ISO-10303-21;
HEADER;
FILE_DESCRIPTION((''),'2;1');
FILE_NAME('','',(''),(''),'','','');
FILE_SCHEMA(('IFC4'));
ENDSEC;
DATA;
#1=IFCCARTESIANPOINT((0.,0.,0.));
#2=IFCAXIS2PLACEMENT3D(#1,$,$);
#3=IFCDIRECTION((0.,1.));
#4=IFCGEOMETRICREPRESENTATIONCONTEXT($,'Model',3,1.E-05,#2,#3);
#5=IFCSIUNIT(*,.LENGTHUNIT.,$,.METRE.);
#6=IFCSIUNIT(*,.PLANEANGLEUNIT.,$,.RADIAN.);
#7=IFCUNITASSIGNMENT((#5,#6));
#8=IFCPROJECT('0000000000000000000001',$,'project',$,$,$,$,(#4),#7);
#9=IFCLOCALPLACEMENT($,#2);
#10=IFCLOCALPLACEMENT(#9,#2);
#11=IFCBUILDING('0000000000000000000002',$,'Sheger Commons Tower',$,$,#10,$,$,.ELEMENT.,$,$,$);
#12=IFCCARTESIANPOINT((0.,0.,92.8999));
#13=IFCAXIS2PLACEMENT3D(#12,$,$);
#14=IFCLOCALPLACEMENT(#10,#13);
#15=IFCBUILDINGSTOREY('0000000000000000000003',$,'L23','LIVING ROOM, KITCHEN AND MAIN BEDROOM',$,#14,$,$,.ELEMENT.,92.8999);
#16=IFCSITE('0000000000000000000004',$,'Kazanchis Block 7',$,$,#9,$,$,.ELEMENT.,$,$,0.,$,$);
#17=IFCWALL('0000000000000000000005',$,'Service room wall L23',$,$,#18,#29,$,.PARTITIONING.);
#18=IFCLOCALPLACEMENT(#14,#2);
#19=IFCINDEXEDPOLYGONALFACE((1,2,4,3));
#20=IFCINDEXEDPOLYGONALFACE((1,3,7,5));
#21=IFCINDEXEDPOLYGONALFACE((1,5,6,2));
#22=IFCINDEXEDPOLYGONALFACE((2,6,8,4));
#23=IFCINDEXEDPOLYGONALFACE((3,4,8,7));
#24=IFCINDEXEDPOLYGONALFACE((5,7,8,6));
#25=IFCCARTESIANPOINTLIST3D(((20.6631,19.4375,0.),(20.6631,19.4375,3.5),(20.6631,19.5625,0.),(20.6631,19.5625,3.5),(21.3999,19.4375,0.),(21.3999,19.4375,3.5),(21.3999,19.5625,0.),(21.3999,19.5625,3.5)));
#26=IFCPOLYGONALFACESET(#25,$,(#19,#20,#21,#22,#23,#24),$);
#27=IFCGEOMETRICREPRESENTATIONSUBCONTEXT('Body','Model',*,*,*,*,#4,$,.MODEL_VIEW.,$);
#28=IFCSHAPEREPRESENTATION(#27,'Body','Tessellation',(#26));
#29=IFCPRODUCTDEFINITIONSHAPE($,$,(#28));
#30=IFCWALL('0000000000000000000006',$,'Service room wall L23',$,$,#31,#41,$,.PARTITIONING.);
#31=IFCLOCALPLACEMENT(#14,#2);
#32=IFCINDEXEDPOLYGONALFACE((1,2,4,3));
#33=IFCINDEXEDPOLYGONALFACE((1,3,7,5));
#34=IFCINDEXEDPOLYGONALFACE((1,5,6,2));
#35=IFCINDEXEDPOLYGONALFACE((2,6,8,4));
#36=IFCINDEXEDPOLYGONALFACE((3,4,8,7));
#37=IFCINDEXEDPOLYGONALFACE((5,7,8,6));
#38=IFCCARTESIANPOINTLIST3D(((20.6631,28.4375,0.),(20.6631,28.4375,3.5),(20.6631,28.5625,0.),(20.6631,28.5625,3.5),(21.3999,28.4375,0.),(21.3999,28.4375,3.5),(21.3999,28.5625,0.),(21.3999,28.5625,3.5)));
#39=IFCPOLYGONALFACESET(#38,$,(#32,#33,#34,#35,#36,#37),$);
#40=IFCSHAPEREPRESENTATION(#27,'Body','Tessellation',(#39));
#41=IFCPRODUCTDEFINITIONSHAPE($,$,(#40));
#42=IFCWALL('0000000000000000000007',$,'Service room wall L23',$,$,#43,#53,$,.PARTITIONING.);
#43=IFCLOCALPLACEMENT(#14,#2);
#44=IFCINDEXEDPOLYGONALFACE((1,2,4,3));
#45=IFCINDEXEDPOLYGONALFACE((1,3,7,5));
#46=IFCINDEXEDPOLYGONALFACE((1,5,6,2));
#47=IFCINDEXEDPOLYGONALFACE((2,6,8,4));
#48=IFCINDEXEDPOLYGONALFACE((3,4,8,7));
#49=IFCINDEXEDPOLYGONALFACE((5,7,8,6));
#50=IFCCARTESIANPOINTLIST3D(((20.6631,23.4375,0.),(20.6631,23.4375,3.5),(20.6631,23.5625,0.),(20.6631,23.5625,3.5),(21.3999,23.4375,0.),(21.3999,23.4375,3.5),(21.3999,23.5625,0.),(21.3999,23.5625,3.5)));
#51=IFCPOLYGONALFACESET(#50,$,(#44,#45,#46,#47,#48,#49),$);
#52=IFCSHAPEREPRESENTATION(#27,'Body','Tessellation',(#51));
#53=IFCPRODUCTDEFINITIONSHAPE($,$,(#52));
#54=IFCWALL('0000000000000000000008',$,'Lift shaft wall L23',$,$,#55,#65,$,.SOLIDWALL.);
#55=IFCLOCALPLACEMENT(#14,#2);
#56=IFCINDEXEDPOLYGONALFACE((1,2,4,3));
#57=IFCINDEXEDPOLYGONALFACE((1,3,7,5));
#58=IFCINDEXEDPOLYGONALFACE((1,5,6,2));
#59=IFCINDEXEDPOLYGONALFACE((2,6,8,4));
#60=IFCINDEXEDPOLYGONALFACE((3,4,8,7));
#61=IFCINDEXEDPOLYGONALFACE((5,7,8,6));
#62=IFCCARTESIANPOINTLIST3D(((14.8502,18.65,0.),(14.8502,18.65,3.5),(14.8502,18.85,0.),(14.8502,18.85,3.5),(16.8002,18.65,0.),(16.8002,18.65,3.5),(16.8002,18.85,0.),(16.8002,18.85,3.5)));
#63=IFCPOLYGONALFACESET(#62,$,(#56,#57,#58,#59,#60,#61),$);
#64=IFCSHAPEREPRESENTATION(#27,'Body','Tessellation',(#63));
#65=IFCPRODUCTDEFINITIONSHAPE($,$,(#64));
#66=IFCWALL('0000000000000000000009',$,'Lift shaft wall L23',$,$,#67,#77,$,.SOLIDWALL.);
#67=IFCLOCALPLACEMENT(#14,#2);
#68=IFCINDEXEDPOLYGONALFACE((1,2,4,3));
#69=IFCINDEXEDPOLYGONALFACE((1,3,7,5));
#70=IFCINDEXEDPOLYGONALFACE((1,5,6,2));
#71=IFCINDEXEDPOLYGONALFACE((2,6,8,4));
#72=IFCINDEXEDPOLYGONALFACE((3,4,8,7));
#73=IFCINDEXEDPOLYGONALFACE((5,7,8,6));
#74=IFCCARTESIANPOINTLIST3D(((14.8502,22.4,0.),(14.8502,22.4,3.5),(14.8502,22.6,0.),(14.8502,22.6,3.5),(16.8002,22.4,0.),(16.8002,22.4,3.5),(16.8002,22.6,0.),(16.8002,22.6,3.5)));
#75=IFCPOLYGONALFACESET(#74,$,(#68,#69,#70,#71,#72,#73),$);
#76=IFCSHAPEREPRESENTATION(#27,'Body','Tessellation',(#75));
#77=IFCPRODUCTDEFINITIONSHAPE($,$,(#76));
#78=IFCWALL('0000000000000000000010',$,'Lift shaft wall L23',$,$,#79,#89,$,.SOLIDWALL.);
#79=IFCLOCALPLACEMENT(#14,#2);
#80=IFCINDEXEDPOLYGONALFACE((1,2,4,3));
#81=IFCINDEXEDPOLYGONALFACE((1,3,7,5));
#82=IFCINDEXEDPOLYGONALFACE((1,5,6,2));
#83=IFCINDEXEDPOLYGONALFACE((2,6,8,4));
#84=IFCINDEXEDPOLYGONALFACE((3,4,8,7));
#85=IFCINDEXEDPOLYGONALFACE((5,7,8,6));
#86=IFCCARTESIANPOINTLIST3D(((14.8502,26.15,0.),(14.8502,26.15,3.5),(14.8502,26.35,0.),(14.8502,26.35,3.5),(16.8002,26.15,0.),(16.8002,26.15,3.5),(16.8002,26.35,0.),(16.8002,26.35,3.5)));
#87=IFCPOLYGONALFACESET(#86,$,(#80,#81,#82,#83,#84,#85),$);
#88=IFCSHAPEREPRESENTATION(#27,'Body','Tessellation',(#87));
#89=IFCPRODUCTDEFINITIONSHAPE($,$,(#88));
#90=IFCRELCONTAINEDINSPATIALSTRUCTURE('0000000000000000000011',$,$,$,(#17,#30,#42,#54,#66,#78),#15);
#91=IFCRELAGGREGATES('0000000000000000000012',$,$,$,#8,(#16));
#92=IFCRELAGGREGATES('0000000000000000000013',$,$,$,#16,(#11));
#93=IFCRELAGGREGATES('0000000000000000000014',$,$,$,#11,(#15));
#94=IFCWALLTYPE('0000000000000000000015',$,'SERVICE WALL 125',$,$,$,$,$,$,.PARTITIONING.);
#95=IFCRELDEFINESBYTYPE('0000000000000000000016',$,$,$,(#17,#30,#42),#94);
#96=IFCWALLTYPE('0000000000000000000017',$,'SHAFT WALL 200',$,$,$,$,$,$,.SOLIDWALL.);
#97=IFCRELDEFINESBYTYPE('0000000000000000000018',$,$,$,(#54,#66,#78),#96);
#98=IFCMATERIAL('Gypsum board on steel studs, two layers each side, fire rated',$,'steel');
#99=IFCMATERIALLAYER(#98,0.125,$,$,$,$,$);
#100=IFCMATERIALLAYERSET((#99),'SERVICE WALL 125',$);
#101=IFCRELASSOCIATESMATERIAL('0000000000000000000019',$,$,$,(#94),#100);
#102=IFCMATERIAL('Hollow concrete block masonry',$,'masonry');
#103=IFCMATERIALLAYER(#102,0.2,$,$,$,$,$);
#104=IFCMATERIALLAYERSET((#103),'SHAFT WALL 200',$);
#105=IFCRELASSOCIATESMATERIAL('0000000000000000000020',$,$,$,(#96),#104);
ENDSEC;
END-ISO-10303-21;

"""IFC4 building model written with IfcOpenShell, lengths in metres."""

from ifc_helpers import new_model, si_unit, direction, frame, frame_2d, origin, place, context, subcontext, project, spatial, rectangle, extrude, material, layer, layer_set, type_object, element, save


model = new_model("IFC4")

# Units and contexts
model_context = context("Model", 3, precision=1e-05, world=origin(), true_north=direction((0.0, 1.0)))
body_context = subcontext(model_context, "Body", "Model", "MODEL_VIEW")
ifc_project = project(units=[si_unit("LENGTHUNIT", "METRE"), si_unit("PLANEANGLEUNIT", "RADIAN")], contexts=[model_context])

# Site, building, storey
site_placement = place(None, origin())
site = spatial("IfcSite", under=ifc_project, at=site_placement, Name="Kazanchis Block 7", CompositionType="ELEMENT", RefElevation=0.0)
building_placement = place(site_placement, origin())
building = spatial("IfcBuilding", under=site, at=building_placement, Name="Sheger Commons Tower", CompositionType="ELEMENT")
storey_placement = place(building_placement, frame((0.0, 0.0, 92.8999)))
storey = spatial("IfcBuildingStorey", under=building, at=storey_placement, Name="L23", Description="LIVING ROOM, KITCHEN AND MAIN BEDROOM", CompositionType="ELEMENT", Elevation=92.8999)

# Shared definitions
ifc_material_1 = material(Name="Gypsum board on steel studs, two layers each side, fire rated", Category="steel")
ifc_layer_1 = layer(ifc_material_1, 0.125)
ifc_layer_set_1 = layer_set([ifc_layer_1], Name="SERVICE WALL 125")
wall_type_1 = type_object("IfcWallType", Name="SERVICE WALL 125", PredefinedType="PARTITIONING", material=ifc_layer_set_1)

# Walls
for number, where, z_axis, x_axis, name in (
    (1, (20.6631, 19.5, 0.0), (0.0, 0.0, 1.0), (1.0, 0.0, 0.0), "Service room wall L23"),
    (2, (20.6631, 28.5, 0.0), (0.0, 0.0, 1.0), (1.0, 0.0, 0.0), "Service room wall L23"),
    (3, (20.6631, 23.5, 0.0), (0.0, 0.0, 1.0), (1.0, 0.0, 0.0), "Service room wall L23"),
):
    element("IfcWall", number, at=place(storey_placement, frame(where, z_axis=z_axis, x_axis=x_axis)), inside=storey, type_object=wall_type_1, Name=name, PredefinedType="PARTITIONING", context=body_context, shape_type="SweptSolid", body=[
        extrude(rectangle(XDim=0.7368, YDim=0.125, at=frame_2d((0.3684, 0.0))), origin(), (0.0, 0.0, 1.0), 3.5),
    ])
ifc_material_2 = material(Name="Hollow concrete block masonry", Category="masonry")
ifc_layer_2 = layer(ifc_material_2, 0.2)
ifc_layer_set_2 = layer_set([ifc_layer_2], Name="SHAFT WALL 200")
wall_type_2 = type_object("IfcWallType", Name="SHAFT WALL 200", PredefinedType="SOLIDWALL", material=ifc_layer_set_2)
for number, where, z_axis, x_axis, name in (
    (4, (14.8501, 18.75, 0.0), (0.0, 0.0, 1.0), (1.0, 0.0, 0.0), "Lift shaft wall L23"),
    (5, (14.8501, 22.5, 0.0), (0.0, 0.0, 1.0), (1.0, 0.0, 0.0), "Lift shaft wall L23"),
    (6, (14.8501, 26.25, 0.0), (0.0, 0.0, 1.0), (1.0, 0.0, 0.0), "Lift shaft wall L23"),
):
    element("IfcWall", number, at=place(storey_placement, frame(where, z_axis=z_axis, x_axis=x_axis)), inside=storey, type_object=wall_type_2, Name=name, PredefinedType="SOLIDWALL", context=body_context, shape_type="SweptSolid", body=[
        extrude(rectangle(XDim=1.95, YDim=0.2, at=frame_2d((0.9751, 0.0))), origin(), (0.0, 0.0, 1.0), 3.5),
    ])

save(model, "model.ifc")
